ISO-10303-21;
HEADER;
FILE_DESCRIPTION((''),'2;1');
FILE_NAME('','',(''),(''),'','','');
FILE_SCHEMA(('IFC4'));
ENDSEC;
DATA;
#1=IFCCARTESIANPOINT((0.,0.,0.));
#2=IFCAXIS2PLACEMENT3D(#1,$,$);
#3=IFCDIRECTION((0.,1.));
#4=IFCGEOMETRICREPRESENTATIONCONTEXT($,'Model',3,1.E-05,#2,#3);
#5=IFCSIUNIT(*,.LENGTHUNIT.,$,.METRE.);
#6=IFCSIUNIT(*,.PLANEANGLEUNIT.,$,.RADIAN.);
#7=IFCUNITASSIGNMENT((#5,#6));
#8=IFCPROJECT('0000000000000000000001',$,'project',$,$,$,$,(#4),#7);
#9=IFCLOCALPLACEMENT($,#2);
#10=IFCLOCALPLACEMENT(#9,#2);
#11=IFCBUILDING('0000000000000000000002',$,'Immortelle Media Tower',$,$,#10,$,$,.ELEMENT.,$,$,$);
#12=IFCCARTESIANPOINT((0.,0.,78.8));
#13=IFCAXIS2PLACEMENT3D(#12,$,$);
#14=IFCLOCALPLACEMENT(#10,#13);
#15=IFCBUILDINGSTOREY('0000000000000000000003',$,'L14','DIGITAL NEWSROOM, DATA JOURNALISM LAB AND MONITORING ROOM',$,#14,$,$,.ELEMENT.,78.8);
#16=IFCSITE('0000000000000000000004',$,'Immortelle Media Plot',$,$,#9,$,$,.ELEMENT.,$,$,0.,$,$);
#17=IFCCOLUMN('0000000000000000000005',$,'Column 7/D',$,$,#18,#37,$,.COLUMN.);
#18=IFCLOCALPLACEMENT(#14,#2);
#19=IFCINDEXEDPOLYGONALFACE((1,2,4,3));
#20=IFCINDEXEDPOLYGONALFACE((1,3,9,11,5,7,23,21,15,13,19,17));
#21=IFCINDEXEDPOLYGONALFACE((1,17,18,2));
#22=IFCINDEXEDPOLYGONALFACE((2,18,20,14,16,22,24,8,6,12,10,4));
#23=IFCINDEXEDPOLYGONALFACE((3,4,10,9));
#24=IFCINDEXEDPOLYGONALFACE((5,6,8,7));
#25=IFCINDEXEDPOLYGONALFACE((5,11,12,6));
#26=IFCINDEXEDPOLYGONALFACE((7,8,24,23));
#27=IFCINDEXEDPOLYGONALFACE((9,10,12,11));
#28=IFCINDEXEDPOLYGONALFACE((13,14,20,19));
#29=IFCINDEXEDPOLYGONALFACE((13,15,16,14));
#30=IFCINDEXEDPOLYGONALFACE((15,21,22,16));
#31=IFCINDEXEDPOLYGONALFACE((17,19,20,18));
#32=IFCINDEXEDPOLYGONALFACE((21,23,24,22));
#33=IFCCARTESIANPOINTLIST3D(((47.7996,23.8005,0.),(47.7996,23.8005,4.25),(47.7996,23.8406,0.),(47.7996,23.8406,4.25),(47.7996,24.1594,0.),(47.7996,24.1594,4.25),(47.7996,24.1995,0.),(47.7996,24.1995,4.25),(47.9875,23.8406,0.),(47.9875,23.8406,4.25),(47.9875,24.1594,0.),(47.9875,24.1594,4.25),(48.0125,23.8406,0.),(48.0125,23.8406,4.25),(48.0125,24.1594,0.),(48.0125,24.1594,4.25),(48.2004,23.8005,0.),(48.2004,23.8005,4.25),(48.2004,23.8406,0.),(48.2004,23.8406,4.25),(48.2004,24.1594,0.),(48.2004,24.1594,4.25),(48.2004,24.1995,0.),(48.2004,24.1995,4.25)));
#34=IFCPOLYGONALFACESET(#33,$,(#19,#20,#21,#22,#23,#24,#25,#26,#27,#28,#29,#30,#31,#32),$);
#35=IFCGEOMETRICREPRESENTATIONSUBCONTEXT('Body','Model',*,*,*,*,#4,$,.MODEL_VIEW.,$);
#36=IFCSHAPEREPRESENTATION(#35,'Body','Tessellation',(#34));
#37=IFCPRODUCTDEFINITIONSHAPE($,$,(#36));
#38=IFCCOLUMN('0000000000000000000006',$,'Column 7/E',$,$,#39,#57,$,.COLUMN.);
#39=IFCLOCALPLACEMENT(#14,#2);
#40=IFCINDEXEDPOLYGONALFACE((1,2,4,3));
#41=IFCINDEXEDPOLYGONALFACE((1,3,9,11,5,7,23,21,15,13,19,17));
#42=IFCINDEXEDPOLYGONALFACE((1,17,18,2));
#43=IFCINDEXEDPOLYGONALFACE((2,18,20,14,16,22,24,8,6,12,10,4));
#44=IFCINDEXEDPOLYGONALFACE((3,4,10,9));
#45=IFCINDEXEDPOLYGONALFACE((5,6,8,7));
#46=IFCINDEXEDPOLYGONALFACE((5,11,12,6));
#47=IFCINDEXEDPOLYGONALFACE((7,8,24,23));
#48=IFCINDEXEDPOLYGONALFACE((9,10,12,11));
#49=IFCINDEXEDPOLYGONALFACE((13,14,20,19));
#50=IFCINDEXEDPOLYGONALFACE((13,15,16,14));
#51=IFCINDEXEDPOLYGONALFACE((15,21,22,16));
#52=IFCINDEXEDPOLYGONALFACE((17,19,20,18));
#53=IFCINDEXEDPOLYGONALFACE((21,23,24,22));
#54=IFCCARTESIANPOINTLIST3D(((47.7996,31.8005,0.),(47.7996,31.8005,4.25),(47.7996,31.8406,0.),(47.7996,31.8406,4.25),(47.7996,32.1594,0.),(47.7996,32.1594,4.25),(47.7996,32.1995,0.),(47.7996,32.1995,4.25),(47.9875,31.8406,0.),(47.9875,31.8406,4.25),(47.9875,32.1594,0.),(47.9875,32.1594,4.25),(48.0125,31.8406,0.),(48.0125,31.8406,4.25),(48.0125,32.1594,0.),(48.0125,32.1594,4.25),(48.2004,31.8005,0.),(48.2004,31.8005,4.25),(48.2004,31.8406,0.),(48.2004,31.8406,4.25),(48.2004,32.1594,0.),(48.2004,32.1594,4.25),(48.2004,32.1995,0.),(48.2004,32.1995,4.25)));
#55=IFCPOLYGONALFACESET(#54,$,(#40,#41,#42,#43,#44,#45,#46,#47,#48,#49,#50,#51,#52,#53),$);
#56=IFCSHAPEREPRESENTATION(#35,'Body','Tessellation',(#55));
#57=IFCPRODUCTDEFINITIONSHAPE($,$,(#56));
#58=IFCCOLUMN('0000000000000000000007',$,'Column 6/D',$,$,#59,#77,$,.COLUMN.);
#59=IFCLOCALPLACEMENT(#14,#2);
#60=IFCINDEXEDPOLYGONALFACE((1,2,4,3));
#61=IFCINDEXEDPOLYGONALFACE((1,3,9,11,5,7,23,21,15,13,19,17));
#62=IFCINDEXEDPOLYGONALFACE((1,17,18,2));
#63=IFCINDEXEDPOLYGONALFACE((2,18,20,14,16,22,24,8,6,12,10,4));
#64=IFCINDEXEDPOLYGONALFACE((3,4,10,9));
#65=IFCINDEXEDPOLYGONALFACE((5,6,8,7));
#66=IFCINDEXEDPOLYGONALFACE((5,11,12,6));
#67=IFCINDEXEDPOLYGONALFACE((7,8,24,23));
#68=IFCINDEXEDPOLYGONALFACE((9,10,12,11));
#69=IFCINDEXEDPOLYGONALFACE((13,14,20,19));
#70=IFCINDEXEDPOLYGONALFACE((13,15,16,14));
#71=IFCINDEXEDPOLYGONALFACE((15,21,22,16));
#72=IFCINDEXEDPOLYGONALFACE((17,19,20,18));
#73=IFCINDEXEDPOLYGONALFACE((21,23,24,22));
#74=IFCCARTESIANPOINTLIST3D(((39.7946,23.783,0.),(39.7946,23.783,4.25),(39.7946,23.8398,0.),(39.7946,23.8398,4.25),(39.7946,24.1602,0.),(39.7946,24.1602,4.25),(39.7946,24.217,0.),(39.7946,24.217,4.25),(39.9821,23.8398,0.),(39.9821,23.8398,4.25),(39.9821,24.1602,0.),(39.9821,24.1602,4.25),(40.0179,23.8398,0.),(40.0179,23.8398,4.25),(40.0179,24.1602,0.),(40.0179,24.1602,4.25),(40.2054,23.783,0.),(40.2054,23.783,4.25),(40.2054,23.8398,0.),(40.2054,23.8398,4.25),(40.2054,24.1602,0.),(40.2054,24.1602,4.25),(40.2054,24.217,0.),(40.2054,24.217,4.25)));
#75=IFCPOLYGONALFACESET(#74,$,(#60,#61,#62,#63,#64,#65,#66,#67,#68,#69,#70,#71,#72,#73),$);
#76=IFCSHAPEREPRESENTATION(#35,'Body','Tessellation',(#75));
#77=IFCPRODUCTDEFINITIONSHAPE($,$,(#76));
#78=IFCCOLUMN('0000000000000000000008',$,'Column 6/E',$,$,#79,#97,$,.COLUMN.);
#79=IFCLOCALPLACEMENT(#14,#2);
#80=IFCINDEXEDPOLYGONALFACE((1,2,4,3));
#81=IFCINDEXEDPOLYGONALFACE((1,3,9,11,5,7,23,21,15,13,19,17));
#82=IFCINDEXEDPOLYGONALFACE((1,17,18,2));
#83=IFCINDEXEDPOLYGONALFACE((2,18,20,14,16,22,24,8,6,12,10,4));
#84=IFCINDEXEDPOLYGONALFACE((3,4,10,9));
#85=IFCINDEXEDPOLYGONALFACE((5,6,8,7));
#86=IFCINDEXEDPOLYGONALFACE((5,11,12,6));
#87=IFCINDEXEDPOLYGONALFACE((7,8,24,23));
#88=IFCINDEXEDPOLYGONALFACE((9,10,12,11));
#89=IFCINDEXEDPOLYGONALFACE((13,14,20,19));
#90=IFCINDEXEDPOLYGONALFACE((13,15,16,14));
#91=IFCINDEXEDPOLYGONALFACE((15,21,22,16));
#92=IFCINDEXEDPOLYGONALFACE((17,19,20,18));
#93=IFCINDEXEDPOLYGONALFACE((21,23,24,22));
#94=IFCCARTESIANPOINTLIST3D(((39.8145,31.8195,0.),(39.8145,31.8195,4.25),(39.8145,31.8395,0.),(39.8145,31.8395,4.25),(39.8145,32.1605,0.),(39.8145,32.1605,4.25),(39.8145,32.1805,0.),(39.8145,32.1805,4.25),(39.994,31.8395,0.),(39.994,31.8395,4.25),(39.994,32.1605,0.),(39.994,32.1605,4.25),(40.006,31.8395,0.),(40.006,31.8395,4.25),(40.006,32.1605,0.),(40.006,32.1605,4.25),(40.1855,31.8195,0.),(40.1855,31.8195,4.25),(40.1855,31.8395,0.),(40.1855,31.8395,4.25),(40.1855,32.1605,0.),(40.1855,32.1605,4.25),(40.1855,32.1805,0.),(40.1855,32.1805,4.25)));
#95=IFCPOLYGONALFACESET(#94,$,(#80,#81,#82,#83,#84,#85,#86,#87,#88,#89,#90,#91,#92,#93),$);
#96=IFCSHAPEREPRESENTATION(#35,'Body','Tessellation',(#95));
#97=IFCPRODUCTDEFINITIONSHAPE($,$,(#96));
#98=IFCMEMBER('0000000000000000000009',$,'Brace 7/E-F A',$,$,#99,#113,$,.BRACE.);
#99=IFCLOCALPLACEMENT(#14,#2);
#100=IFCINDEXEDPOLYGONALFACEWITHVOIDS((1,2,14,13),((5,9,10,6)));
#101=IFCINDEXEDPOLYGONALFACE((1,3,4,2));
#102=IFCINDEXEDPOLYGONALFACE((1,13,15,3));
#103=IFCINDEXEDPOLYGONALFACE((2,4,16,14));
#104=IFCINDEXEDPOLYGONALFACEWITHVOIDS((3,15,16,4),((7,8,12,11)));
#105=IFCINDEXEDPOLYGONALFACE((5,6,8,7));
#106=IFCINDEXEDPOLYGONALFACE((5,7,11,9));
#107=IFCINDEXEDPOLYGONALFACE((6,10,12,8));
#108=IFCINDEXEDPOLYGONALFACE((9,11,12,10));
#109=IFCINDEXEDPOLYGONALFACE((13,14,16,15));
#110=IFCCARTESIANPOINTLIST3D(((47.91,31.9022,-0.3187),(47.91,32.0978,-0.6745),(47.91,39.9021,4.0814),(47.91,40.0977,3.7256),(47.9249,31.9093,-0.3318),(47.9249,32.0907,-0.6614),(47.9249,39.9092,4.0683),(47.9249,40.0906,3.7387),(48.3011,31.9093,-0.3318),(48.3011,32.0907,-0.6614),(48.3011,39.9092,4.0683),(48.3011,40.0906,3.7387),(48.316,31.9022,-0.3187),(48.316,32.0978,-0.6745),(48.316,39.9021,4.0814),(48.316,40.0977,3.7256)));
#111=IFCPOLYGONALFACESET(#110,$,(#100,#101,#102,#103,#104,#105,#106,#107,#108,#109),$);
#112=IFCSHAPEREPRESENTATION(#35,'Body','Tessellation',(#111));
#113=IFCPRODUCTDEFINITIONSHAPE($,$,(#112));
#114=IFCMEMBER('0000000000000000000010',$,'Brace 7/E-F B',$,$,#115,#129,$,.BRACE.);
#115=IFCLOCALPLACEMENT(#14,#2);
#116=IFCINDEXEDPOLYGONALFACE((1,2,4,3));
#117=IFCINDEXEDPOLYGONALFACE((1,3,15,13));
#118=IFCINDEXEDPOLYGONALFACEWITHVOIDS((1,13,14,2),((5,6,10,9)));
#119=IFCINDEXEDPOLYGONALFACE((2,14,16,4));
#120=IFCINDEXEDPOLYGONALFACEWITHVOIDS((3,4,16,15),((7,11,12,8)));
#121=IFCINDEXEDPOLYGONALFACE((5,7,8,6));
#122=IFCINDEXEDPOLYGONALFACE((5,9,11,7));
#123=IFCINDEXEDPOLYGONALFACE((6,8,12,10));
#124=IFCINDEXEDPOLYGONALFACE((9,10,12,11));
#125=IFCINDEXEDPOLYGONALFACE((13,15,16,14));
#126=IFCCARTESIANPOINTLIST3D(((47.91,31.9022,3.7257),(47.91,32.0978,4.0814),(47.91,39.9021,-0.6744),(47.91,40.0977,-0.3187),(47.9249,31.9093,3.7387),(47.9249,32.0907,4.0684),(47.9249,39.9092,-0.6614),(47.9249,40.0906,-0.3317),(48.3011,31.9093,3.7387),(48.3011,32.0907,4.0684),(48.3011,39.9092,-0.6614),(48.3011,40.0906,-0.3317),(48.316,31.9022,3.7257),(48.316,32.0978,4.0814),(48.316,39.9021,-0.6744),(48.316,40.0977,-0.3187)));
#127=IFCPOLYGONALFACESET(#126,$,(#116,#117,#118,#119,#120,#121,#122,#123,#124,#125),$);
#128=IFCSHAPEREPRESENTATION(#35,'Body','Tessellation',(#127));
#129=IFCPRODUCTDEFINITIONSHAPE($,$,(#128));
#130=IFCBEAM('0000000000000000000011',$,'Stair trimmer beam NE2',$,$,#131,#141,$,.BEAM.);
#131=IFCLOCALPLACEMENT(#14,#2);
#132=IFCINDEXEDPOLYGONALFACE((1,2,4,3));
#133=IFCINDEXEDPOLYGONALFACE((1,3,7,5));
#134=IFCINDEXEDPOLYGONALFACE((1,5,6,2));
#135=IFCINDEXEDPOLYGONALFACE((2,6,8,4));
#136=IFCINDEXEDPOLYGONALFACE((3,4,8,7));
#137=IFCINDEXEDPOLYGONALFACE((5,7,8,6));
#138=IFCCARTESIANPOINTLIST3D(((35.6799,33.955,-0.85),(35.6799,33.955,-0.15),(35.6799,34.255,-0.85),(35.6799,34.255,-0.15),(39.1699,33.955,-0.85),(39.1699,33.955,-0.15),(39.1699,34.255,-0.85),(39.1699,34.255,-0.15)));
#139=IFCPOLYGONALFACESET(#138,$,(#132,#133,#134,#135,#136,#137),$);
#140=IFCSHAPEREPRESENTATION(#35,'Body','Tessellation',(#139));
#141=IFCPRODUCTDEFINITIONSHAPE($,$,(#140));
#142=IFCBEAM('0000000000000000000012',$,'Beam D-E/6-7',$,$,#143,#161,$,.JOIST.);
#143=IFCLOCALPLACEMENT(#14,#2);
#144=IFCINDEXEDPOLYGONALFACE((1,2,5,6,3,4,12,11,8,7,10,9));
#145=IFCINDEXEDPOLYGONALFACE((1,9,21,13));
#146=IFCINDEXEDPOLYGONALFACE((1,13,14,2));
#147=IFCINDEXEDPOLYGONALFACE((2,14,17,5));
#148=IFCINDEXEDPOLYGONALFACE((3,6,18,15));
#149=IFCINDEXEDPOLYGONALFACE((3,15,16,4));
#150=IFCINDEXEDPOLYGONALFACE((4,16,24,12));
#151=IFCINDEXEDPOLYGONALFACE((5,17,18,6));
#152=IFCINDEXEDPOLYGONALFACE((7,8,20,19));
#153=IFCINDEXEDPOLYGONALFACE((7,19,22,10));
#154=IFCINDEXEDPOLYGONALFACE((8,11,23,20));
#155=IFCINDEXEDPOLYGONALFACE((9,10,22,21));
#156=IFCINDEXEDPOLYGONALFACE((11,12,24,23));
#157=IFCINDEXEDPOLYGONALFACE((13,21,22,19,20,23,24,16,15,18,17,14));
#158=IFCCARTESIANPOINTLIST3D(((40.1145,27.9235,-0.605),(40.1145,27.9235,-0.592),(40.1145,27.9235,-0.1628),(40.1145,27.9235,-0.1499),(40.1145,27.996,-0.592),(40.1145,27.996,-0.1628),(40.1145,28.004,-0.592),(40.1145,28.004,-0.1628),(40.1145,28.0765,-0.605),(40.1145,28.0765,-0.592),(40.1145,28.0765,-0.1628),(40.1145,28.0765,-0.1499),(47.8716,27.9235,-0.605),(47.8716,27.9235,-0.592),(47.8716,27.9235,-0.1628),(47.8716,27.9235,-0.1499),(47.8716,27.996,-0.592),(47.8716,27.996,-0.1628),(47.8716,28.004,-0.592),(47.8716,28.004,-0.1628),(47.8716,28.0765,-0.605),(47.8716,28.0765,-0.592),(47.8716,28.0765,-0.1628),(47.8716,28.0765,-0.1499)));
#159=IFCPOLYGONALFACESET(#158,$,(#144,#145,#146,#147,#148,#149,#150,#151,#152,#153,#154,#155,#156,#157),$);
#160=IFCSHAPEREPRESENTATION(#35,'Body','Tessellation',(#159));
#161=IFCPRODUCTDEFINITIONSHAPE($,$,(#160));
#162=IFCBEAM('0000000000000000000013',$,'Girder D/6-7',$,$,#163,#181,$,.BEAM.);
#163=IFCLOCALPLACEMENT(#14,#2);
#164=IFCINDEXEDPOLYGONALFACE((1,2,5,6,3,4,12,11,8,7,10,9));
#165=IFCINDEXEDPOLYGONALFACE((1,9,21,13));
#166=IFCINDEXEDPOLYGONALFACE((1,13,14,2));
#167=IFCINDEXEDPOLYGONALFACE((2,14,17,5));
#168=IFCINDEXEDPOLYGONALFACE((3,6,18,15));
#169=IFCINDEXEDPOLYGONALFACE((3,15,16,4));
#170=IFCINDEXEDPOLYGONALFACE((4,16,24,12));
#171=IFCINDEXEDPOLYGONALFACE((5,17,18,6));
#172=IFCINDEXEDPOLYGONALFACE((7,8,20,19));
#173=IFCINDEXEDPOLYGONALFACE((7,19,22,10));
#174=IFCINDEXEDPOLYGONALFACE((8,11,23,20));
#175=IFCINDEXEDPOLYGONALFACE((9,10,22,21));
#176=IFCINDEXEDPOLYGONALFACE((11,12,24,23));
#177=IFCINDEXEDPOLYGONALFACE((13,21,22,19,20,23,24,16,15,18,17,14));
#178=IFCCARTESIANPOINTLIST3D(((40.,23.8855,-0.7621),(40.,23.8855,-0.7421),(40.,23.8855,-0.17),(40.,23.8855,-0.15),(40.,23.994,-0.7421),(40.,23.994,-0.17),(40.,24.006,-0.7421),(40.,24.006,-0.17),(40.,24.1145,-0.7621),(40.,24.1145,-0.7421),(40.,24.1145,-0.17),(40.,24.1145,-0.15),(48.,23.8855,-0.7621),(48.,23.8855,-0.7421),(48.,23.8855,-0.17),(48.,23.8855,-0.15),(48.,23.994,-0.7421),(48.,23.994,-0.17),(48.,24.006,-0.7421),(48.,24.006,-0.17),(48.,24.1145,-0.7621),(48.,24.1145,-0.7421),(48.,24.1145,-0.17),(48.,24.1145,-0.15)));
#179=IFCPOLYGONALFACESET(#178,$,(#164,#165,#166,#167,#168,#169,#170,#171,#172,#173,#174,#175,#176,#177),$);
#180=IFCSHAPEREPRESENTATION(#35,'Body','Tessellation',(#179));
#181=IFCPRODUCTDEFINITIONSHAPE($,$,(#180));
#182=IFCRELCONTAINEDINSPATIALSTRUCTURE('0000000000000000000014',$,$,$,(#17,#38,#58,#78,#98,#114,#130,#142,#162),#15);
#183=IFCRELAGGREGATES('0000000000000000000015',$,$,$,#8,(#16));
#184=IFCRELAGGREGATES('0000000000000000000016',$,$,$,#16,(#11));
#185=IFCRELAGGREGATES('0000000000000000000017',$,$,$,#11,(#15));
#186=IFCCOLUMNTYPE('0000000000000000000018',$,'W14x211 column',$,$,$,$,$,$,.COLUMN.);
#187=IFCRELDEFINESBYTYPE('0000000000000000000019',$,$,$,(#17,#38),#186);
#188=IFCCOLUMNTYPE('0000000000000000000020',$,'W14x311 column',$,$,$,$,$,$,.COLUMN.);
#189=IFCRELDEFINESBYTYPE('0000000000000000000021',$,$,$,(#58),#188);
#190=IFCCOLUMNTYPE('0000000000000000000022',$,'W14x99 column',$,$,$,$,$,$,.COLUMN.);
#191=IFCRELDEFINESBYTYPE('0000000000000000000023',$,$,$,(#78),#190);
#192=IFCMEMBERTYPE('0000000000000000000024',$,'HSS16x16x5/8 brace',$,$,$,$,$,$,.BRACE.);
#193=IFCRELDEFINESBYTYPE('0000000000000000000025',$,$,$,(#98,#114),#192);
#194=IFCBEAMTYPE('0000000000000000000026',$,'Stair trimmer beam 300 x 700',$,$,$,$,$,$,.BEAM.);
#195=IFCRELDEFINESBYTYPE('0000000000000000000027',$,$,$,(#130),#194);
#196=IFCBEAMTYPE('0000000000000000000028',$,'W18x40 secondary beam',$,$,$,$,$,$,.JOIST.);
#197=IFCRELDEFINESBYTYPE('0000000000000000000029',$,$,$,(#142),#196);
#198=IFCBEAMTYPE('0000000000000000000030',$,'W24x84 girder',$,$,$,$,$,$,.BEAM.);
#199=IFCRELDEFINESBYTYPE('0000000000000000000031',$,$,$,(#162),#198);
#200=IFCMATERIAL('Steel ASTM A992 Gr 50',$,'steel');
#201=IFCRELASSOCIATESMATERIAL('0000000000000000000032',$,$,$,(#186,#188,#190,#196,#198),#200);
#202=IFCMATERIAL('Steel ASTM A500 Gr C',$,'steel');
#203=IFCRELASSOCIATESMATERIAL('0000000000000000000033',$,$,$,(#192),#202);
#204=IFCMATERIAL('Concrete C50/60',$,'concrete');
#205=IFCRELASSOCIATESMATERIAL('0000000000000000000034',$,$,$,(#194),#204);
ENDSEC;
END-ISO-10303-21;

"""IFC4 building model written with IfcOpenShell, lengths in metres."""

from ifc_helpers import new_model, si_unit, direction, frame, origin, origin_2d, place, context, subcontext, project, spatial, rectangle, hollow_rectangle, i_section, extrude, material, material_profile, profile_set, type_object, element, save


model = new_model("IFC4")

# Units and contexts
model_context = context("Model", 3, precision=1e-05, world=origin(), true_north=direction((0.0, 1.0)))
body_context = subcontext(model_context, "Body", "Model", "MODEL_VIEW")
ifc_project = project(units=[si_unit("LENGTHUNIT", "METRE"), si_unit("PLANEANGLEUNIT", "RADIAN")], contexts=[model_context])

# Site, building, storey
site_placement = place(None, origin())
site = spatial("IfcSite", under=ifc_project, at=site_placement, Name="Immortelle Media Plot", CompositionType="ELEMENT", RefElevation=0.0)
building_placement = place(site_placement, origin())
building = spatial("IfcBuilding", under=site, at=building_placement, Name="Immortelle Media Tower", CompositionType="ELEMENT")
storey_placement = place(building_placement, frame((0.0, 0.0, 78.8)))
storey = spatial("IfcBuildingStorey", under=building, at=storey_placement, Name="L14", Description="DIGITAL NEWSROOM, DATA JOURNALISM LAB AND MONITORING ROOM", CompositionType="ELEMENT", Elevation=78.8)

# Columns
ifc_material_1 = material(Name="Steel ASTM A992 Gr 50", Category="steel")
ifc_material_profile_1 = material_profile(ifc_material_1, i_section(OverallWidth=0.4009, OverallDepth=0.3989, WebThickness=0.0249, FlangeThickness=0.04, at=origin_2d()), Name="W14x211")
ifc_profile_set_1 = profile_set([ifc_material_profile_1], Name="Steel ASTM A992 Gr 50")
column_type_1 = type_object("IfcColumnType", Name="W14x211 column", PredefinedType="COLUMN", material=ifc_profile_set_1)
for number, where, z_axis, x_axis, name in (
    (1, (48.0, 24.0, 0.0), (0.0, 0.0, 1.0), (1.0, 0.0, 0.0), "Column 7/D"),
    (2, (48.0, 32.0, 0.0), (0.0, 0.0, 1.0), (1.0, 0.0, 0.0), "Column 7/E"),
):
    element("IfcColumn", number, at=place(storey_placement, frame(where, z_axis=z_axis, x_axis=x_axis)), inside=storey, type_object=column_type_1, Name=name, PredefinedType="COLUMN", context=body_context, shape_type="SweptSolid", body=[
        extrude(i_section(OverallWidth=0.4009, OverallDepth=0.3989, WebThickness=0.0249, FlangeThickness=0.04, at=origin_2d()), origin(), (0.0, 0.0, 1.0), 4.25),
    ])
ifc_material_profile_2 = material_profile(ifc_material_1, i_section(OverallWidth=0.4109, OverallDepth=0.4341, WebThickness=0.0359, FlangeThickness=0.0569, at=origin_2d()), Name="W14x311")
ifc_profile_set_2 = profile_set([ifc_material_profile_2], Name="Steel ASTM A992 Gr 50")
column_type_2 = type_object("IfcColumnType", Name="W14x311 column", PredefinedType="COLUMN", material=ifc_profile_set_2)
column_1_placement = place(storey_placement, frame((40.0, 24.0, 0.0), z_axis=(0.0, 0.0, 1.0), x_axis=(1.0, 0.0, 0.0)))
element("IfcColumn", 3, at=column_1_placement, inside=storey, type_object=column_type_2, Name="Column 6/D", PredefinedType="COLUMN", context=body_context, shape_type="SweptSolid", body=[
    extrude(i_section(OverallWidth=0.4109, OverallDepth=0.4341, WebThickness=0.0359, FlangeThickness=0.0569, at=origin_2d()), origin(), (0.0, 0.0, 1.0), 4.25),
])
ifc_material_profile_3 = material_profile(ifc_material_1, i_section(OverallWidth=0.3711, OverallDepth=0.3611, WebThickness=0.012, FlangeThickness=0.02, at=origin_2d()), Name="W14x99")
ifc_profile_set_3 = profile_set([ifc_material_profile_3], Name="Steel ASTM A992 Gr 50")
column_type_3 = type_object("IfcColumnType", Name="W14x99 column", PredefinedType="COLUMN", material=ifc_profile_set_3)
column_2_placement = place(storey_placement, frame((40.0, 32.0, 0.0), z_axis=(0.0, 0.0, 1.0), x_axis=(1.0, 0.0, 0.0)))
element("IfcColumn", 4, at=column_2_placement, inside=storey, type_object=column_type_3, Name="Column 6/E", PredefinedType="COLUMN", context=body_context, shape_type="SweptSolid", body=[
    extrude(i_section(OverallWidth=0.3711, OverallDepth=0.3611, WebThickness=0.012, FlangeThickness=0.02, at=origin_2d()), origin(), (0.0, 0.0, 1.0), 4.25),
])

# Members
ifc_material_2 = material(Name="Steel ASTM A500 Gr C", Category="steel")
ifc_material_profile_4 = material_profile(ifc_material_2, hollow_rectangle(XDim=0.406, YDim=0.406, WallThickness=0.0149, at=origin_2d()), Name="HSS16x16x5/8 brace")
ifc_profile_set_4 = profile_set([ifc_material_profile_4], Name="Steel ASTM A500 Gr C")
member_type = type_object("IfcMemberType", Name="HSS16x16x5/8 brace", PredefinedType="BRACE", material=ifc_profile_set_4)
for number, where, z_axis, x_axis, name in (
    (5, (48.113, 32.0, -0.4966), (0.0, 0.876209, 0.481931), (-1.0, 0.0, 0.0), "Brace 7/E-F A"),
    (6, (48.113, 32.0, 3.9036), (0.0, 0.876209, -0.481931), (-1.0, 0.0, 0.0), "Brace 7/E-F B"),
):
    element("IfcMember", number, at=place(storey_placement, frame(where, z_axis=z_axis, x_axis=x_axis)), inside=storey, type_object=member_type, Name=name, PredefinedType="BRACE", context=body_context, shape_type="SweptSolid", body=[
        extrude(hollow_rectangle(XDim=0.406, YDim=0.406, WallThickness=0.0149, at=origin_2d()), origin(), (0.0, 0.0, 1.0), 9.1301),
    ])

# Beams
ifc_material_3 = material(Name="Concrete C50/60", Category="concrete")
ifc_material_profile_5 = material_profile(ifc_material_3, rectangle(XDim=0.3, YDim=0.7, at=origin_2d()), Name="RC 300x700")
ifc_profile_set_5 = profile_set([ifc_material_profile_5], Name="Concrete C50/60")
beam_type_1 = type_object("IfcBeamType", Name="Stair trimmer beam 300 x 700", PredefinedType="BEAM", material=ifc_profile_set_5)
beam_1_placement = place(storey_placement, frame((35.6799, 34.105, -0.5), z_axis=(1.0, 0.0, 0.0), x_axis=(0.0, 1.0, 0.0)))
element("IfcBeam", 7, at=beam_1_placement, inside=storey, type_object=beam_type_1, Name="Stair trimmer beam NE2", PredefinedType="BEAM", context=body_context, shape_type="SweptSolid", body=[
    extrude(rectangle(XDim=0.3, YDim=0.7, at=origin_2d()), origin(), (0.0, 0.0, 1.0), 3.49),
])
ifc_material_profile_6 = material_profile(ifc_material_1, i_section(OverallWidth=0.1531, OverallDepth=0.4551, WebThickness=0.0081, FlangeThickness=0.0129, at=origin_2d()), Name="W18x40")
ifc_profile_set_6 = profile_set([ifc_material_profile_6], Name="Steel ASTM A992 Gr 50")
beam_type_2 = type_object("IfcBeamType", Name="W18x40 secondary beam", PredefinedType="JOIST", material=ifc_profile_set_6)
beam_2_placement = place(storey_placement, frame((40.1145, 28.0, -0.3774), z_axis=(1.0, 0.0, 0.0), x_axis=(0.0, 1.0, 0.0)))
element("IfcBeam", 8, at=beam_2_placement, inside=storey, type_object=beam_type_2, Name="Beam D-E/6-7", PredefinedType="JOIST", context=body_context, shape_type="SweptSolid", body=[
    extrude(i_section(OverallWidth=0.1531, OverallDepth=0.4551, WebThickness=0.0081, FlangeThickness=0.0129, at=origin_2d()), origin(), (0.0, 0.0, 1.0), 7.7571),
])
ifc_material_profile_7 = material_profile(ifc_material_1, i_section(OverallWidth=0.229, OverallDepth=0.6121, WebThickness=0.012, FlangeThickness=0.02, at=origin_2d()), Name="W24x84")
ifc_profile_set_7 = profile_set([ifc_material_profile_7], Name="Steel ASTM A992 Gr 50")
beam_type_3 = type_object("IfcBeamType", Name="W24x84 girder", PredefinedType="BEAM", material=ifc_profile_set_7)
for number, where, z_axis, x_axis, name in (
    (9, (40.0, 24.0, -0.4561), (1.0, 0.0, 0.0), (0.0, 1.0, 0.0), "Girder D/6-7"),
):
    element("IfcBeam", number, at=place(storey_placement, frame(where, z_axis=z_axis, x_axis=x_axis)), inside=storey, type_object=beam_type_3, Name=name, PredefinedType="BEAM", context=body_context, shape_type="SweptSolid", body=[
        extrude(i_section(OverallWidth=0.229, OverallDepth=0.6121, WebThickness=0.012, FlangeThickness=0.02, at=origin_2d()), origin(), (0.0, 0.0, 1.0), 8.0),
    ])

save(model, "model.ifc")
